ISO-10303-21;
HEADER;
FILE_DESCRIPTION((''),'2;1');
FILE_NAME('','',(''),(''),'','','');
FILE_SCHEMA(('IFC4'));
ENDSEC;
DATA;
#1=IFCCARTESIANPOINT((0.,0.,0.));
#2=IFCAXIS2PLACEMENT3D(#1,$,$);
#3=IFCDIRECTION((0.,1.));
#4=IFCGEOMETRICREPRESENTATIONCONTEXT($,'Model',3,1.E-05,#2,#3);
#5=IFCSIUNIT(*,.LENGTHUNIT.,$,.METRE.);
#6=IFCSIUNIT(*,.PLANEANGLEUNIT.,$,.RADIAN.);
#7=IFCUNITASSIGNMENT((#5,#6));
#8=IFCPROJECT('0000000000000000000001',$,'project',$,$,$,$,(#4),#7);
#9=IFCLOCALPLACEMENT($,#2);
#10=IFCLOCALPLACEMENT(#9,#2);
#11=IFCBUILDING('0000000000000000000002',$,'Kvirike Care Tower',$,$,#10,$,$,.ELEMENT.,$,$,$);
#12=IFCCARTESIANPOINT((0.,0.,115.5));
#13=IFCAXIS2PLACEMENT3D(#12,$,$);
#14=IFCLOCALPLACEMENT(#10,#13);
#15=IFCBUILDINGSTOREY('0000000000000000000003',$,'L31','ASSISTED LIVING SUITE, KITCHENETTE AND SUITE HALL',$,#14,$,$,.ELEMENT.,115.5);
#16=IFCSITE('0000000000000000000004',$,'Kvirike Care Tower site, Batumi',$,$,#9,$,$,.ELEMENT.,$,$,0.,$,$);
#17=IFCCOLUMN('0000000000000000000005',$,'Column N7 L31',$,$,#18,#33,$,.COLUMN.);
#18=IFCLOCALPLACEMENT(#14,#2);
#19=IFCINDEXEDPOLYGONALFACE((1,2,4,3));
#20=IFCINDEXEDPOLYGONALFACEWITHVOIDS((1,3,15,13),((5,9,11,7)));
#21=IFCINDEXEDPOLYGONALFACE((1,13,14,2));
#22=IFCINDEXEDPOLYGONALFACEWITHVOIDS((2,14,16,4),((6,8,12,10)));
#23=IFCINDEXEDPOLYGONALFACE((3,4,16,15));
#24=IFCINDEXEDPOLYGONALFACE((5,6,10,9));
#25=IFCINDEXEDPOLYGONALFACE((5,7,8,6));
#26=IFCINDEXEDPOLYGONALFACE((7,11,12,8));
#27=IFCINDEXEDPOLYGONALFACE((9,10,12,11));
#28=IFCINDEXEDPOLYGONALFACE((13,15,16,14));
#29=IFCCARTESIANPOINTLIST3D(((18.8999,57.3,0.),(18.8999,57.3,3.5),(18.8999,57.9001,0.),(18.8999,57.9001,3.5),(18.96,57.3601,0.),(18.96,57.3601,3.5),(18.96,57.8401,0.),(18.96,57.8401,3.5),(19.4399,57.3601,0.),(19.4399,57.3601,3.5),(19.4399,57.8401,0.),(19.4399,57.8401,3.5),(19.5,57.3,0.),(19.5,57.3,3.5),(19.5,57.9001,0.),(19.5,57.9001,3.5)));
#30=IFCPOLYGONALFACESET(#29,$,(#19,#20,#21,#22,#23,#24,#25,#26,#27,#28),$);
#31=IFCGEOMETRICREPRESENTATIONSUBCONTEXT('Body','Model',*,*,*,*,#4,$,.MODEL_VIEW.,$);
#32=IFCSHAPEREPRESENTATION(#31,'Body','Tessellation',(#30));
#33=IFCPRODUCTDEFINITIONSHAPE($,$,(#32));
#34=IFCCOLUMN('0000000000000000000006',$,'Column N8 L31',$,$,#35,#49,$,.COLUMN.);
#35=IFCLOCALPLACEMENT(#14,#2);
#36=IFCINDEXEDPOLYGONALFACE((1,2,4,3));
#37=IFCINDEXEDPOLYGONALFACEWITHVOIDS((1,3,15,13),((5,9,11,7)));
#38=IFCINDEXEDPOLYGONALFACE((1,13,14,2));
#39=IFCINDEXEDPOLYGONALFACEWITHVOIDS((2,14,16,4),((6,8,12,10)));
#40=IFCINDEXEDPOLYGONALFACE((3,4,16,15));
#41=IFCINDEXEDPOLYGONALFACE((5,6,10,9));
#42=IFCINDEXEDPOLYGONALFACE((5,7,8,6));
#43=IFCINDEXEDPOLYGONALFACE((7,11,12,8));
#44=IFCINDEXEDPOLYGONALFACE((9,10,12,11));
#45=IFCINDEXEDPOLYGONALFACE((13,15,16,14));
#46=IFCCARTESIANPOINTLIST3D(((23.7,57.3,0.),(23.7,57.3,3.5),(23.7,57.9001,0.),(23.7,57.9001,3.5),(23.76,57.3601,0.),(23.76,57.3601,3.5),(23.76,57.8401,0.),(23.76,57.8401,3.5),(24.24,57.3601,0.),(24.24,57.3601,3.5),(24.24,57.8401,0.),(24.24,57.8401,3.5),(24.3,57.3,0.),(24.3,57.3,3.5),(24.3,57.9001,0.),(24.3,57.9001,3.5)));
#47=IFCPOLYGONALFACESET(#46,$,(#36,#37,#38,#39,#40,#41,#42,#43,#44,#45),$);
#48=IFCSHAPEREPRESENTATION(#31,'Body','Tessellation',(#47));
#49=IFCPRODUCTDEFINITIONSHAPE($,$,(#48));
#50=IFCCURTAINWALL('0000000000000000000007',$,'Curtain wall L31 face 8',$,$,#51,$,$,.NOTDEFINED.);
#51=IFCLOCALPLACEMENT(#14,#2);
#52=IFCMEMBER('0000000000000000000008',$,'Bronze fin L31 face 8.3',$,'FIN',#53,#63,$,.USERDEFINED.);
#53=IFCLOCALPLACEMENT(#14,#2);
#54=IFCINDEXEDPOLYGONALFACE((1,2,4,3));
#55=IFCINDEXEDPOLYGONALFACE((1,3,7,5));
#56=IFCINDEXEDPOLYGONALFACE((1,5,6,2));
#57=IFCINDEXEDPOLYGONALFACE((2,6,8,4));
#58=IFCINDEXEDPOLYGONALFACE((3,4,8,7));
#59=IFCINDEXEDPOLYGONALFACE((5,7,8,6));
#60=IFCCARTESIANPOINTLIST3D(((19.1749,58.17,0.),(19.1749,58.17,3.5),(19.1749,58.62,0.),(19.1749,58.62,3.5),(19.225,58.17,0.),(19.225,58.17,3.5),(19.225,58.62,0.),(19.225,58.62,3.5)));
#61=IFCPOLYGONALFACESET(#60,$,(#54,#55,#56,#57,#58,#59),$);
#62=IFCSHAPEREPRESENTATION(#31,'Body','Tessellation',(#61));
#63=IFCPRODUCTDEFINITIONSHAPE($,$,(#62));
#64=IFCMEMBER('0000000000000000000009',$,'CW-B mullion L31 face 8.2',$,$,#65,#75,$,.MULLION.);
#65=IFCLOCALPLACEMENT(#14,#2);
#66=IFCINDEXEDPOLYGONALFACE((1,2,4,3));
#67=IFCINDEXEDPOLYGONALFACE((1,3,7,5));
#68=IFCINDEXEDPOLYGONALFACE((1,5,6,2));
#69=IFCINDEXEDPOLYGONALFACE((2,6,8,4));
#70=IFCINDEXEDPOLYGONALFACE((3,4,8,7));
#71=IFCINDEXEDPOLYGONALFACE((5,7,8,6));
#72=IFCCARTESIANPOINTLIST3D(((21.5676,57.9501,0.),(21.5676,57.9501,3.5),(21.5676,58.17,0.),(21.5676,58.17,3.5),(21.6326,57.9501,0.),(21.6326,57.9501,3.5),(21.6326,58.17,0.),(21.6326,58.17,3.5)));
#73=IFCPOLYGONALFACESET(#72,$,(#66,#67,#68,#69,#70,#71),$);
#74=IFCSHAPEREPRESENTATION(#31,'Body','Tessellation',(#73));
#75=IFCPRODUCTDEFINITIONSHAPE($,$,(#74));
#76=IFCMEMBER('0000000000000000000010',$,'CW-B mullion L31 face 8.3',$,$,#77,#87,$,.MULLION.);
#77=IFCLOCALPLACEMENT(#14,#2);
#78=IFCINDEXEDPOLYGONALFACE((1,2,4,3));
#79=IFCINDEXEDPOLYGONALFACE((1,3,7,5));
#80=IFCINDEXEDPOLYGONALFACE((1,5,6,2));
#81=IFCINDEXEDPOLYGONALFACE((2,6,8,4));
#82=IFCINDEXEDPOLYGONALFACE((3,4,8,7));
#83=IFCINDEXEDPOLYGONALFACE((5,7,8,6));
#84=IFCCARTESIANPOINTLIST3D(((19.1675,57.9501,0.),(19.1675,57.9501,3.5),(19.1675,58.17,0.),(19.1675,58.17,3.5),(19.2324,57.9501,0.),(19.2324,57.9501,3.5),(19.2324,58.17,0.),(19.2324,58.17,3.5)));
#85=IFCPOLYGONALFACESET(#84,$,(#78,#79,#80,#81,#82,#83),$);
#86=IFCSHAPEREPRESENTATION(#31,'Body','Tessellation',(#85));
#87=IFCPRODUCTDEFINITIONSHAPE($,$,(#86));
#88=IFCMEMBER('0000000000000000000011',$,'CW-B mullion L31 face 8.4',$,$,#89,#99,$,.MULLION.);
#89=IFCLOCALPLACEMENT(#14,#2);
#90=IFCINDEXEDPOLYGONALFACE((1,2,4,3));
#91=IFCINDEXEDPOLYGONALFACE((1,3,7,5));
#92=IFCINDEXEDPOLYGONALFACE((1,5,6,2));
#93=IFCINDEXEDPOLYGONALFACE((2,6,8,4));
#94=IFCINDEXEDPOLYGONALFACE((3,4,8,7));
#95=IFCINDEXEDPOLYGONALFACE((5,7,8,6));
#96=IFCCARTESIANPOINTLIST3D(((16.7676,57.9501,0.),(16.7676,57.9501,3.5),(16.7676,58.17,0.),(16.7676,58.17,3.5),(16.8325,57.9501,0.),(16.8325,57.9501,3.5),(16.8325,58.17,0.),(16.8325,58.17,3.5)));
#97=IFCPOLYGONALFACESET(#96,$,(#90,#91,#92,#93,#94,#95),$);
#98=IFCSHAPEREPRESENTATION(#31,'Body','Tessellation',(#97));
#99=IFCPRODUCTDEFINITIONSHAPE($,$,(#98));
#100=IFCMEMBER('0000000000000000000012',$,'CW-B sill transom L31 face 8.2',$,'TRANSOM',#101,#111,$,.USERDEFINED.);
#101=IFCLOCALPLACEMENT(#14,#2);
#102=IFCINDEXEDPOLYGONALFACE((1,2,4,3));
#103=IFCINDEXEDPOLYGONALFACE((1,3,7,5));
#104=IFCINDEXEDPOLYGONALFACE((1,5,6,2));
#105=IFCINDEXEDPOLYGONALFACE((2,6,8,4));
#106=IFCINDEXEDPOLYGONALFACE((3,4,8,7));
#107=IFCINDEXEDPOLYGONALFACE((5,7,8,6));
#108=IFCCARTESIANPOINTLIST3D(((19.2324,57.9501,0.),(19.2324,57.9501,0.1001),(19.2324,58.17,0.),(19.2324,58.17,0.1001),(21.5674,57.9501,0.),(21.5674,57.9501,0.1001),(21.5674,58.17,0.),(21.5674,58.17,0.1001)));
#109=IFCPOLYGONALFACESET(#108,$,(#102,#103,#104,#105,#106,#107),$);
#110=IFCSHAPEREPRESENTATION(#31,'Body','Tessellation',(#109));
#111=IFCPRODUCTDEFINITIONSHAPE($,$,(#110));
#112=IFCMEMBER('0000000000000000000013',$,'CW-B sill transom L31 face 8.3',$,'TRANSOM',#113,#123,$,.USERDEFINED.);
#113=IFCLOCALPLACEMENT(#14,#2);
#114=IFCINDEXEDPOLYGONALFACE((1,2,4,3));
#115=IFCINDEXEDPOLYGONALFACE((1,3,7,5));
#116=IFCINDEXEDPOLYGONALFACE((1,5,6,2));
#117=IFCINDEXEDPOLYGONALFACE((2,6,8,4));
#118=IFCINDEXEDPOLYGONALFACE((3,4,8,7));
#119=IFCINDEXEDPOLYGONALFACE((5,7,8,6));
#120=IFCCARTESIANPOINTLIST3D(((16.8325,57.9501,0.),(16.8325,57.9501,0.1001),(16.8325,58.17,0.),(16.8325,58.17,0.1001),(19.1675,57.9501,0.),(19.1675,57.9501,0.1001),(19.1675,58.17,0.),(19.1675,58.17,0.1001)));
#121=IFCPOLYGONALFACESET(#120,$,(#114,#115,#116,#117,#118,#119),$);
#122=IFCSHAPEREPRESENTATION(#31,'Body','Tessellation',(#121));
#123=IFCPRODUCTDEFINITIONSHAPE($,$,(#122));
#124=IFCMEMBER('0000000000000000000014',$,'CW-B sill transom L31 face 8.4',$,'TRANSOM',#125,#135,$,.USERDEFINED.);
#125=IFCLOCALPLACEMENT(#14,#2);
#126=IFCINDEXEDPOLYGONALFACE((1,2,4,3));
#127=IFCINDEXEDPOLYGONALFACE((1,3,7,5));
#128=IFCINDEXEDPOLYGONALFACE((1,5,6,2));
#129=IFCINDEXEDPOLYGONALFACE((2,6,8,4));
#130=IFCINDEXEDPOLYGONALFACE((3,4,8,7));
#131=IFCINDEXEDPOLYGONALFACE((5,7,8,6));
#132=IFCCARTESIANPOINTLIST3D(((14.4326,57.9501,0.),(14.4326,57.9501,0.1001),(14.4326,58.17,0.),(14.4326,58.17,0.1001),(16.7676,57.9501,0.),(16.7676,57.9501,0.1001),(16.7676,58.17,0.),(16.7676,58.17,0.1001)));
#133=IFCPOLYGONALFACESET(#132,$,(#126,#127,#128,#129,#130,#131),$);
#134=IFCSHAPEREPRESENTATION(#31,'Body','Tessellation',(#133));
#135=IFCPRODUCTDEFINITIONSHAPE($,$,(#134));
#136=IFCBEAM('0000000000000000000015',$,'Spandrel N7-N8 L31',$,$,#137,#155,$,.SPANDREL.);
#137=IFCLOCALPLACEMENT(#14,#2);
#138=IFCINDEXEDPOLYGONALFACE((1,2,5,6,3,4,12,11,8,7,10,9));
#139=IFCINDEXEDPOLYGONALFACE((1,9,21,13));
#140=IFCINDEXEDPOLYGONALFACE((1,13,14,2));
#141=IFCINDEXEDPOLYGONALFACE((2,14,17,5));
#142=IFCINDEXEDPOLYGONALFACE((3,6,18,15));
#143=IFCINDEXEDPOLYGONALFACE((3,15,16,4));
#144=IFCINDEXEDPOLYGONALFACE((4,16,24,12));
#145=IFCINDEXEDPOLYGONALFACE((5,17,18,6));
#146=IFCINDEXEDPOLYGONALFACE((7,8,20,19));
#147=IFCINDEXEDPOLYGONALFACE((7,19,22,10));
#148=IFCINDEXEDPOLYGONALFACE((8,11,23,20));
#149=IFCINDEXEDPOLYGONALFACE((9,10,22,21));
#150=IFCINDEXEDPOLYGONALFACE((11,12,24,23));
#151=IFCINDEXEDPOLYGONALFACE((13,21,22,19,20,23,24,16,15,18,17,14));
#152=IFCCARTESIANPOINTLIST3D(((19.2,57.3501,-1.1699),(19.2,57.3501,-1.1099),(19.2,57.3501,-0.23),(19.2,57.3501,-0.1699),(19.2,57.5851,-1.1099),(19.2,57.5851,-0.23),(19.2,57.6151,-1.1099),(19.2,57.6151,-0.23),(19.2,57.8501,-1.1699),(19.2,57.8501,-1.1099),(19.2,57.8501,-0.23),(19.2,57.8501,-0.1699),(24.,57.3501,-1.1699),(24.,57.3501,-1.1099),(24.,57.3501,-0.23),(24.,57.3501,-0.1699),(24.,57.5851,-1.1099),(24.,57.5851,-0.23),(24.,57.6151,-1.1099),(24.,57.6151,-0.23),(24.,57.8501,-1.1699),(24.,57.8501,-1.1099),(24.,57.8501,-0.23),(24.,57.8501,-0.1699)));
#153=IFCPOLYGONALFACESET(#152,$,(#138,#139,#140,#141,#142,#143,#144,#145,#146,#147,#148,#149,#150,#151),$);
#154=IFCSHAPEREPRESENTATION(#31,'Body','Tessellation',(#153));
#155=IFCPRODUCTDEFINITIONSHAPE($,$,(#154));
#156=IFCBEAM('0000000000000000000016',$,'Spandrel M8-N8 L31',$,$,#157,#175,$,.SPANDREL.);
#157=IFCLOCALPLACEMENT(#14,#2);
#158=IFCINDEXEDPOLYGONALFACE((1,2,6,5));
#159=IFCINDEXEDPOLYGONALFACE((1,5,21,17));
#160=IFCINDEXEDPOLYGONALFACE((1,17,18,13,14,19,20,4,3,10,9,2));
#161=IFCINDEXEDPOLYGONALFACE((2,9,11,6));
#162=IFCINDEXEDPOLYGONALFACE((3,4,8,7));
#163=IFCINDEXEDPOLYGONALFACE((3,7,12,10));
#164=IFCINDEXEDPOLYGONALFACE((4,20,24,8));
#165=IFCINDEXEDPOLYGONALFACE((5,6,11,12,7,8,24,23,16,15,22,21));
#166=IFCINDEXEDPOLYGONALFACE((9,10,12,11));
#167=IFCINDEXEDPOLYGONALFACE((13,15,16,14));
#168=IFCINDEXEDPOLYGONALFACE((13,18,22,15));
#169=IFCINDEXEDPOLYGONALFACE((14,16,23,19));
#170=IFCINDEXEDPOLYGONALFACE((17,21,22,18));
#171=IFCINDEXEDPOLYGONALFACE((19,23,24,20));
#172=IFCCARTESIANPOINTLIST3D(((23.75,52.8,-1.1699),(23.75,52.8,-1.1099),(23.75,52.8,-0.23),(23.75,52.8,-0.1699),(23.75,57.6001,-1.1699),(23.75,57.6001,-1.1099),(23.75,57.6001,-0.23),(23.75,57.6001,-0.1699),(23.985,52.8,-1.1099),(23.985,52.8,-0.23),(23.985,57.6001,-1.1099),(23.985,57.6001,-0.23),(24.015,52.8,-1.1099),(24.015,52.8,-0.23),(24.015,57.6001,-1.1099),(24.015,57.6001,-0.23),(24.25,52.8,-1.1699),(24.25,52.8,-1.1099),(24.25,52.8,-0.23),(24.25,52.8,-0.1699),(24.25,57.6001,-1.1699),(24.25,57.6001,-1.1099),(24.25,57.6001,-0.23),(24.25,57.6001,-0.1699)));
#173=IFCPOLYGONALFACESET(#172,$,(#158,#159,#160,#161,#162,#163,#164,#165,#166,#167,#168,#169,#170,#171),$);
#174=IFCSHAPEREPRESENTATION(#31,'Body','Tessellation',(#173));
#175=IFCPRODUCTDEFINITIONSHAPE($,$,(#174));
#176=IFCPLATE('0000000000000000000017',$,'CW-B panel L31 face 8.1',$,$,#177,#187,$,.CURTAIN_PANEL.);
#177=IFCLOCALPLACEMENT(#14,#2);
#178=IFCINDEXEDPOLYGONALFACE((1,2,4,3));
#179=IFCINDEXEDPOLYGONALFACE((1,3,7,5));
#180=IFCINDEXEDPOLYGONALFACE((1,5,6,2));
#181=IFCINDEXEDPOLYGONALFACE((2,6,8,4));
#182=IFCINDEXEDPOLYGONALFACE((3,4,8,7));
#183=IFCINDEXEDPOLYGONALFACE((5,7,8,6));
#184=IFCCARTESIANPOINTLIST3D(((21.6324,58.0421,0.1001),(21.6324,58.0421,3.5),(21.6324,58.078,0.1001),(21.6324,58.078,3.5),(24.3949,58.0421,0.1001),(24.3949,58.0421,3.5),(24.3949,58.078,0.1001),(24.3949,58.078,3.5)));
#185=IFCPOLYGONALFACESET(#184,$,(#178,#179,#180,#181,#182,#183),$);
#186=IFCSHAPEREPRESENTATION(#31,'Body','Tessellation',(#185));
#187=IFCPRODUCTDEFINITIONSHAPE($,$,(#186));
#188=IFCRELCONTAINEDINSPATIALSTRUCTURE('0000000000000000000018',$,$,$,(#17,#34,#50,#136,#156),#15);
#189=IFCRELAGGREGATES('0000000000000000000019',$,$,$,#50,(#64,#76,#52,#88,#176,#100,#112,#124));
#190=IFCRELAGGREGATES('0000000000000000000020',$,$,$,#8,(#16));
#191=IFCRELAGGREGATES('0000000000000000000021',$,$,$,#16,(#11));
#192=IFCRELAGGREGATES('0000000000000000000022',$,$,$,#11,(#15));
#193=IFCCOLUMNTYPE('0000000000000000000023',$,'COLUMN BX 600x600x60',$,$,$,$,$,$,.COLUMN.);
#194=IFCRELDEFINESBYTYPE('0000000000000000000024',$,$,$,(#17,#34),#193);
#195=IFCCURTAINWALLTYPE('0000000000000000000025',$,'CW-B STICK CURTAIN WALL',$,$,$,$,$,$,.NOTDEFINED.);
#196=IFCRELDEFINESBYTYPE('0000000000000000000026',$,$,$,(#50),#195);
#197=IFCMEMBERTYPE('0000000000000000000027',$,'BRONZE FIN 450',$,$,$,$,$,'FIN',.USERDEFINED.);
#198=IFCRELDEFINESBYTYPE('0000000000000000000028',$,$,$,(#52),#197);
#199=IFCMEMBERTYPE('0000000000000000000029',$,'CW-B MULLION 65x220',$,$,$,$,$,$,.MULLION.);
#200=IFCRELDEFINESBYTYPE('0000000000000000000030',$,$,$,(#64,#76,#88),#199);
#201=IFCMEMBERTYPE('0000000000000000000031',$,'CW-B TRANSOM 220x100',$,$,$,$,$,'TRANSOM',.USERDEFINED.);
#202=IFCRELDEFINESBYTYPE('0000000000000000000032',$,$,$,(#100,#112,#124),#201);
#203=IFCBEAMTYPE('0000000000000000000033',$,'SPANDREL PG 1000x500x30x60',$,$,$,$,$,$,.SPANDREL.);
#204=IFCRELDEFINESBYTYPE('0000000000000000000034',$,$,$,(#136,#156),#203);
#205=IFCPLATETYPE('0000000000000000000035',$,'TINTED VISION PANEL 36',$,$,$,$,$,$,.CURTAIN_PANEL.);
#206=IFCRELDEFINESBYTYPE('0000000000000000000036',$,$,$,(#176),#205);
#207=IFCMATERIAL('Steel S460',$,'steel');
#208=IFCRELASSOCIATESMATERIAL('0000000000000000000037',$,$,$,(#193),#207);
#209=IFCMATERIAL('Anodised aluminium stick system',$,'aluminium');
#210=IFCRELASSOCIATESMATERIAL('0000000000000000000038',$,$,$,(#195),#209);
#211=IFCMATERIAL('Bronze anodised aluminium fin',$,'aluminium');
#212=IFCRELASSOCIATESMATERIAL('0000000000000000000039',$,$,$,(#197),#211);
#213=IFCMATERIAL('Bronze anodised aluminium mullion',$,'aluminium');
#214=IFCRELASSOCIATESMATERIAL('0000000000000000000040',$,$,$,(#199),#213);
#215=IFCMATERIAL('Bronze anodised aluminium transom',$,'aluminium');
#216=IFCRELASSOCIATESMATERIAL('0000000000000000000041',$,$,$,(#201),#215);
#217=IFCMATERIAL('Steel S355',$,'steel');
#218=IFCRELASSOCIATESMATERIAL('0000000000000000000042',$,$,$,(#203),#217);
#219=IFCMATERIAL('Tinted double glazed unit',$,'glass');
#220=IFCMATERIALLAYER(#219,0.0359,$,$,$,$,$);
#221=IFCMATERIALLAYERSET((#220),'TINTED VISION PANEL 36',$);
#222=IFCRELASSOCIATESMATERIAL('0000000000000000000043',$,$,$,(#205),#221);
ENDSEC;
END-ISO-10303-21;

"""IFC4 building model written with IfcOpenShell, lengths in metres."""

from ifc_helpers import new_model, si_unit, direction, frame, origin, origin_2d, place, context, subcontext, project, spatial, rectangle, hollow_rectangle, i_section, extrude, material, layer, layer_set, material_profile, profile_set, type_object, element, aggregate, save


model = new_model("IFC4")

# Units and contexts
model_context = context("Model", 3, precision=1e-05, world=origin(), true_north=direction((0.0, 1.0)))
body_context = subcontext(model_context, "Body", "Model", "MODEL_VIEW")
ifc_project = project(units=[si_unit("LENGTHUNIT", "METRE"), si_unit("PLANEANGLEUNIT", "RADIAN")], contexts=[model_context])

# Site, building, storey
site_placement = place(None, origin())
site = spatial("IfcSite", under=ifc_project, at=site_placement, Name="Kvirike Care Tower site, Batumi", CompositionType="ELEMENT", RefElevation=0.0)
building_placement = place(site_placement, origin())
building = spatial("IfcBuilding", under=site, at=building_placement, Name="Kvirike Care Tower", CompositionType="ELEMENT")
storey_placement = place(building_placement, frame((0.0, 0.0, 115.5)))
storey = spatial("IfcBuildingStorey", under=building, at=storey_placement, Name="L31", Description="ASSISTED LIVING SUITE, KITCHENETTE AND SUITE HALL", CompositionType="ELEMENT", Elevation=115.5)

# Columns
ifc_material_1 = material(Name="Steel S460", Category="steel")
ifc_material_profile_1 = material_profile(ifc_material_1, hollow_rectangle(XDim=0.6001, YDim=0.6001, WallThickness=0.0601, at=origin_2d()), Name="BX 600x600x60")
ifc_profile_set_1 = profile_set([ifc_material_profile_1], Name="Steel S460")
column_type = type_object("IfcColumnType", Name="COLUMN BX 600x600x60", PredefinedType="COLUMN", material=ifc_profile_set_1)
for number, where, z_axis, x_axis, name in (
    (1, (19.2, 57.6001, 0.0), (0.0, 0.0, 1.0), (0.0, 1.0, 0.0), "Column N7 L31"),
    (2, (24.0, 57.6001, 0.0), (0.0, 0.0, 1.0), (0.0, 1.0, 0.0), "Column N8 L31"),
):
    element("IfcColumn", number, at=place(storey_placement, frame(where, z_axis=z_axis, x_axis=x_axis)), inside=storey, type_object=column_type, Name=name, PredefinedType="COLUMN", context=body_context, shape_type="SweptSolid", body=[
        extrude(hollow_rectangle(XDim=0.6001, YDim=0.6001, WallThickness=0.0601, at=origin_2d()), origin(), (0.0, 0.0, 1.0), 3.5),
    ])

# Curtain wall, members
ifc_material_2 = material(Name="Anodised aluminium stick system", Category="aluminium")
curtain_wall_type = type_object("IfcCurtainWallType", Name="CW-B STICK CURTAIN WALL", PredefinedType="NOTDEFINED", material=ifc_material_2)
curtain_wall_placement = place(storey_placement, origin())
curtain_wall = element("IfcCurtainWall", 3, at=curtain_wall_placement, inside=storey, type_object=curtain_wall_type, Name="Curtain wall L31 face 8", PredefinedType="NOTDEFINED")
ifc_material_3 = material(Name="Bronze anodised aluminium fin", Category="aluminium")
ifc_material_profile_2 = material_profile(ifc_material_3, rectangle(XDim=0.05, YDim=0.45, at=origin_2d()), Name="BRONZE FIN 450")
ifc_profile_set_2 = profile_set([ifc_material_profile_2], Name="Bronze anodised aluminium fin")
member_type_1 = type_object("IfcMemberType", Name="BRONZE FIN 450", ElementType="FIN", PredefinedType="USERDEFINED", material=ifc_profile_set_2)
member_1_placement = place(storey_placement, frame((19.2, 58.395, 0.0), z_axis=(0.0, 0.0, 1.0), x_axis=(-1.0, 0.0, 0.0)))
member_1 = element("IfcMember", 4, at=member_1_placement, type_object=member_type_1, Name="Bronze fin L31 face 8.3", ObjectType="FIN", PredefinedType="USERDEFINED", context=body_context, shape_type="SweptSolid", body=[
    extrude(rectangle(XDim=0.05, YDim=0.45, at=origin_2d()), origin(), (0.0, 0.0, 1.0), 3.5),
])
ifc_material_4 = material(Name="Bronze anodised aluminium mullion", Category="aluminium")
ifc_material_profile_3 = material_profile(ifc_material_4, rectangle(XDim=0.0649, YDim=0.22, at=origin_2d()), Name="CW-B MULLION 65x220")
ifc_profile_set_3 = profile_set([ifc_material_profile_3], Name="Bronze anodised aluminium mullion")
member_type_2 = type_object("IfcMemberType", Name="CW-B MULLION 65x220", PredefinedType="MULLION", material=ifc_profile_set_3)
member_2_placement = place(storey_placement, frame((21.6001, 58.0601, 0.0), z_axis=(0.0, 0.0, 1.0), x_axis=(-1.0, 0.0, 0.0)))
member_2 = element("IfcMember", 5, at=member_2_placement, type_object=member_type_2, Name="CW-B mullion L31 face 8.2", PredefinedType="MULLION", context=body_context, shape_type="SweptSolid", body=[
    extrude(rectangle(XDim=0.0649, YDim=0.22, at=origin_2d()), origin(), (0.0, 0.0, 1.0), 3.5),
])
member_3_placement = place(storey_placement, frame((19.2, 58.0601, 0.0), z_axis=(0.0, 0.0, 1.0), x_axis=(-1.0, 0.0, 0.0)))
member_3 = element("IfcMember", 6, at=member_3_placement, type_object=member_type_2, Name="CW-B mullion L31 face 8.3", PredefinedType="MULLION", context=body_context, shape_type="SweptSolid", body=[
    extrude(rectangle(XDim=0.0649, YDim=0.22, at=origin_2d()), origin(), (0.0, 0.0, 1.0), 3.5),
])
member_4_placement = place(storey_placement, frame((16.8, 58.0601, 0.0), z_axis=(0.0, 0.0, 1.0), x_axis=(-1.0, 0.0, 0.0)))
member_4 = element("IfcMember", 7, at=member_4_placement, type_object=member_type_2, Name="CW-B mullion L31 face 8.4", PredefinedType="MULLION", context=body_context, shape_type="SweptSolid", body=[
    extrude(rectangle(XDim=0.0649, YDim=0.22, at=origin_2d()), origin(), (0.0, 0.0, 1.0), 3.5),
])
ifc_material_5 = material(Name="Bronze anodised aluminium transom", Category="aluminium")
ifc_material_profile_4 = material_profile(ifc_material_5, rectangle(XDim=0.22, YDim=0.1001, at=origin_2d()), Name="CW-B TRANSOM 220x100")
ifc_profile_set_4 = profile_set([ifc_material_profile_4], Name="Bronze anodised aluminium transom")
member_type_3 = type_object("IfcMemberType", Name="CW-B TRANSOM 220x100", ElementType="TRANSOM", PredefinedType="USERDEFINED", material=ifc_profile_set_4)
member_5_placement = place(storey_placement, frame((21.5674, 58.0601, 0.05), z_axis=(-1.0, 0.0, 0.0), x_axis=(0.0, -1.0, 0.0)))
member_5 = element("IfcMember", 8, at=member_5_placement, type_object=member_type_3, Name="CW-B sill transom L31 face 8.2", ObjectType="TRANSOM", PredefinedType="USERDEFINED", context=body_context, shape_type="SweptSolid", body=[
    extrude(rectangle(XDim=0.22, YDim=0.1001, at=origin_2d()), origin(), (0.0, 0.0, 1.0), 2.335),
])
member_6_placement = place(storey_placement, frame((19.1675, 58.0601, 0.05), z_axis=(-1.0, 0.0, 0.0), x_axis=(0.0, -1.0, 0.0)))
member_6 = element("IfcMember", 9, at=member_6_placement, type_object=member_type_3, Name="CW-B sill transom L31 face 8.3", ObjectType="TRANSOM", PredefinedType="USERDEFINED", context=body_context, shape_type="SweptSolid", body=[
    extrude(rectangle(XDim=0.22, YDim=0.1001, at=origin_2d()), origin(), (0.0, 0.0, 1.0), 2.335),
])
member_7_placement = place(storey_placement, frame((16.7676, 58.0601, 0.05), z_axis=(-1.0, 0.0, 0.0), x_axis=(0.0, -1.0, 0.0)))
member_7 = element("IfcMember", 10, at=member_7_placement, type_object=member_type_3, Name="CW-B sill transom L31 face 8.4", ObjectType="TRANSOM", PredefinedType="USERDEFINED", context=body_context, shape_type="SweptSolid", body=[
    extrude(rectangle(XDim=0.22, YDim=0.1001, at=origin_2d()), origin(), (0.0, 0.0, 1.0), 2.335),
])

# Beams
ifc_material_6 = material(Name="Steel S355", Category="steel")
ifc_material_profile_5 = material_profile(ifc_material_6, i_section(OverallWidth=0.5, OverallDepth=1.0, WebThickness=0.03, FlangeThickness=0.0601, at=origin_2d()), Name="PG 1000x500x30x60")
ifc_profile_set_5 = profile_set([ifc_material_profile_5], Name="Steel S355")
beam_type = type_object("IfcBeamType", Name="SPANDREL PG 1000x500x30x60", PredefinedType="SPANDREL", material=ifc_profile_set_5)
for number, where, z_axis, x_axis, name in (
    (11, (19.2, 57.6001, -0.6699), (1.0, 0.0, 0.0), (0.0, 1.0, 0.0), "Spandrel N7-N8 L31"),
    (12, (24.0, 52.8, -0.6699), (0.0, 1.0, 0.0), (-1.0, 0.0, 0.0), "Spandrel M8-N8 L31"),
):
    element("IfcBeam", number, at=place(storey_placement, frame(where, z_axis=z_axis, x_axis=x_axis)), inside=storey, type_object=beam_type, Name=name, PredefinedType="SPANDREL", context=body_context, shape_type="SweptSolid", body=[
        extrude(i_section(OverallWidth=0.5, OverallDepth=1.0, WebThickness=0.03, FlangeThickness=0.0601, at=origin_2d()), origin(), (0.0, 0.0, 1.0), 4.8),
    ])

# Plate
ifc_material_7 = material(Name="Tinted double glazed unit", Category="glass")
ifc_layer_1 = layer(ifc_material_7, 0.0359)
ifc_layer_set_1 = layer_set([ifc_layer_1], Name="TINTED VISION PANEL 36")
plate_type = type_object("IfcPlateType", Name="TINTED VISION PANEL 36", PredefinedType="CURTAIN_PANEL", material=ifc_layer_set_1)
plate_1_placement = place(storey_placement, frame((23.0137, 58.0601, 0.1001), z_axis=(0.0, 0.0, 1.0), x_axis=(-1.0, 0.0, 0.0)))
plate_1 = element("IfcPlate", 13, at=plate_1_placement, type_object=plate_type, Name="CW-B panel L31 face 8.1", PredefinedType="CURTAIN_PANEL", context=body_context, shape_type="SweptSolid", body=[
    extrude(rectangle(XDim=2.7625, YDim=0.0359, at=origin_2d()), origin(), (0.0, 0.0, 1.0), 3.3999),
])
aggregate(curtain_wall, [member_2, member_3, member_1, member_4, plate_1, member_5, member_6, member_7])

save(model, "model.ifc")
